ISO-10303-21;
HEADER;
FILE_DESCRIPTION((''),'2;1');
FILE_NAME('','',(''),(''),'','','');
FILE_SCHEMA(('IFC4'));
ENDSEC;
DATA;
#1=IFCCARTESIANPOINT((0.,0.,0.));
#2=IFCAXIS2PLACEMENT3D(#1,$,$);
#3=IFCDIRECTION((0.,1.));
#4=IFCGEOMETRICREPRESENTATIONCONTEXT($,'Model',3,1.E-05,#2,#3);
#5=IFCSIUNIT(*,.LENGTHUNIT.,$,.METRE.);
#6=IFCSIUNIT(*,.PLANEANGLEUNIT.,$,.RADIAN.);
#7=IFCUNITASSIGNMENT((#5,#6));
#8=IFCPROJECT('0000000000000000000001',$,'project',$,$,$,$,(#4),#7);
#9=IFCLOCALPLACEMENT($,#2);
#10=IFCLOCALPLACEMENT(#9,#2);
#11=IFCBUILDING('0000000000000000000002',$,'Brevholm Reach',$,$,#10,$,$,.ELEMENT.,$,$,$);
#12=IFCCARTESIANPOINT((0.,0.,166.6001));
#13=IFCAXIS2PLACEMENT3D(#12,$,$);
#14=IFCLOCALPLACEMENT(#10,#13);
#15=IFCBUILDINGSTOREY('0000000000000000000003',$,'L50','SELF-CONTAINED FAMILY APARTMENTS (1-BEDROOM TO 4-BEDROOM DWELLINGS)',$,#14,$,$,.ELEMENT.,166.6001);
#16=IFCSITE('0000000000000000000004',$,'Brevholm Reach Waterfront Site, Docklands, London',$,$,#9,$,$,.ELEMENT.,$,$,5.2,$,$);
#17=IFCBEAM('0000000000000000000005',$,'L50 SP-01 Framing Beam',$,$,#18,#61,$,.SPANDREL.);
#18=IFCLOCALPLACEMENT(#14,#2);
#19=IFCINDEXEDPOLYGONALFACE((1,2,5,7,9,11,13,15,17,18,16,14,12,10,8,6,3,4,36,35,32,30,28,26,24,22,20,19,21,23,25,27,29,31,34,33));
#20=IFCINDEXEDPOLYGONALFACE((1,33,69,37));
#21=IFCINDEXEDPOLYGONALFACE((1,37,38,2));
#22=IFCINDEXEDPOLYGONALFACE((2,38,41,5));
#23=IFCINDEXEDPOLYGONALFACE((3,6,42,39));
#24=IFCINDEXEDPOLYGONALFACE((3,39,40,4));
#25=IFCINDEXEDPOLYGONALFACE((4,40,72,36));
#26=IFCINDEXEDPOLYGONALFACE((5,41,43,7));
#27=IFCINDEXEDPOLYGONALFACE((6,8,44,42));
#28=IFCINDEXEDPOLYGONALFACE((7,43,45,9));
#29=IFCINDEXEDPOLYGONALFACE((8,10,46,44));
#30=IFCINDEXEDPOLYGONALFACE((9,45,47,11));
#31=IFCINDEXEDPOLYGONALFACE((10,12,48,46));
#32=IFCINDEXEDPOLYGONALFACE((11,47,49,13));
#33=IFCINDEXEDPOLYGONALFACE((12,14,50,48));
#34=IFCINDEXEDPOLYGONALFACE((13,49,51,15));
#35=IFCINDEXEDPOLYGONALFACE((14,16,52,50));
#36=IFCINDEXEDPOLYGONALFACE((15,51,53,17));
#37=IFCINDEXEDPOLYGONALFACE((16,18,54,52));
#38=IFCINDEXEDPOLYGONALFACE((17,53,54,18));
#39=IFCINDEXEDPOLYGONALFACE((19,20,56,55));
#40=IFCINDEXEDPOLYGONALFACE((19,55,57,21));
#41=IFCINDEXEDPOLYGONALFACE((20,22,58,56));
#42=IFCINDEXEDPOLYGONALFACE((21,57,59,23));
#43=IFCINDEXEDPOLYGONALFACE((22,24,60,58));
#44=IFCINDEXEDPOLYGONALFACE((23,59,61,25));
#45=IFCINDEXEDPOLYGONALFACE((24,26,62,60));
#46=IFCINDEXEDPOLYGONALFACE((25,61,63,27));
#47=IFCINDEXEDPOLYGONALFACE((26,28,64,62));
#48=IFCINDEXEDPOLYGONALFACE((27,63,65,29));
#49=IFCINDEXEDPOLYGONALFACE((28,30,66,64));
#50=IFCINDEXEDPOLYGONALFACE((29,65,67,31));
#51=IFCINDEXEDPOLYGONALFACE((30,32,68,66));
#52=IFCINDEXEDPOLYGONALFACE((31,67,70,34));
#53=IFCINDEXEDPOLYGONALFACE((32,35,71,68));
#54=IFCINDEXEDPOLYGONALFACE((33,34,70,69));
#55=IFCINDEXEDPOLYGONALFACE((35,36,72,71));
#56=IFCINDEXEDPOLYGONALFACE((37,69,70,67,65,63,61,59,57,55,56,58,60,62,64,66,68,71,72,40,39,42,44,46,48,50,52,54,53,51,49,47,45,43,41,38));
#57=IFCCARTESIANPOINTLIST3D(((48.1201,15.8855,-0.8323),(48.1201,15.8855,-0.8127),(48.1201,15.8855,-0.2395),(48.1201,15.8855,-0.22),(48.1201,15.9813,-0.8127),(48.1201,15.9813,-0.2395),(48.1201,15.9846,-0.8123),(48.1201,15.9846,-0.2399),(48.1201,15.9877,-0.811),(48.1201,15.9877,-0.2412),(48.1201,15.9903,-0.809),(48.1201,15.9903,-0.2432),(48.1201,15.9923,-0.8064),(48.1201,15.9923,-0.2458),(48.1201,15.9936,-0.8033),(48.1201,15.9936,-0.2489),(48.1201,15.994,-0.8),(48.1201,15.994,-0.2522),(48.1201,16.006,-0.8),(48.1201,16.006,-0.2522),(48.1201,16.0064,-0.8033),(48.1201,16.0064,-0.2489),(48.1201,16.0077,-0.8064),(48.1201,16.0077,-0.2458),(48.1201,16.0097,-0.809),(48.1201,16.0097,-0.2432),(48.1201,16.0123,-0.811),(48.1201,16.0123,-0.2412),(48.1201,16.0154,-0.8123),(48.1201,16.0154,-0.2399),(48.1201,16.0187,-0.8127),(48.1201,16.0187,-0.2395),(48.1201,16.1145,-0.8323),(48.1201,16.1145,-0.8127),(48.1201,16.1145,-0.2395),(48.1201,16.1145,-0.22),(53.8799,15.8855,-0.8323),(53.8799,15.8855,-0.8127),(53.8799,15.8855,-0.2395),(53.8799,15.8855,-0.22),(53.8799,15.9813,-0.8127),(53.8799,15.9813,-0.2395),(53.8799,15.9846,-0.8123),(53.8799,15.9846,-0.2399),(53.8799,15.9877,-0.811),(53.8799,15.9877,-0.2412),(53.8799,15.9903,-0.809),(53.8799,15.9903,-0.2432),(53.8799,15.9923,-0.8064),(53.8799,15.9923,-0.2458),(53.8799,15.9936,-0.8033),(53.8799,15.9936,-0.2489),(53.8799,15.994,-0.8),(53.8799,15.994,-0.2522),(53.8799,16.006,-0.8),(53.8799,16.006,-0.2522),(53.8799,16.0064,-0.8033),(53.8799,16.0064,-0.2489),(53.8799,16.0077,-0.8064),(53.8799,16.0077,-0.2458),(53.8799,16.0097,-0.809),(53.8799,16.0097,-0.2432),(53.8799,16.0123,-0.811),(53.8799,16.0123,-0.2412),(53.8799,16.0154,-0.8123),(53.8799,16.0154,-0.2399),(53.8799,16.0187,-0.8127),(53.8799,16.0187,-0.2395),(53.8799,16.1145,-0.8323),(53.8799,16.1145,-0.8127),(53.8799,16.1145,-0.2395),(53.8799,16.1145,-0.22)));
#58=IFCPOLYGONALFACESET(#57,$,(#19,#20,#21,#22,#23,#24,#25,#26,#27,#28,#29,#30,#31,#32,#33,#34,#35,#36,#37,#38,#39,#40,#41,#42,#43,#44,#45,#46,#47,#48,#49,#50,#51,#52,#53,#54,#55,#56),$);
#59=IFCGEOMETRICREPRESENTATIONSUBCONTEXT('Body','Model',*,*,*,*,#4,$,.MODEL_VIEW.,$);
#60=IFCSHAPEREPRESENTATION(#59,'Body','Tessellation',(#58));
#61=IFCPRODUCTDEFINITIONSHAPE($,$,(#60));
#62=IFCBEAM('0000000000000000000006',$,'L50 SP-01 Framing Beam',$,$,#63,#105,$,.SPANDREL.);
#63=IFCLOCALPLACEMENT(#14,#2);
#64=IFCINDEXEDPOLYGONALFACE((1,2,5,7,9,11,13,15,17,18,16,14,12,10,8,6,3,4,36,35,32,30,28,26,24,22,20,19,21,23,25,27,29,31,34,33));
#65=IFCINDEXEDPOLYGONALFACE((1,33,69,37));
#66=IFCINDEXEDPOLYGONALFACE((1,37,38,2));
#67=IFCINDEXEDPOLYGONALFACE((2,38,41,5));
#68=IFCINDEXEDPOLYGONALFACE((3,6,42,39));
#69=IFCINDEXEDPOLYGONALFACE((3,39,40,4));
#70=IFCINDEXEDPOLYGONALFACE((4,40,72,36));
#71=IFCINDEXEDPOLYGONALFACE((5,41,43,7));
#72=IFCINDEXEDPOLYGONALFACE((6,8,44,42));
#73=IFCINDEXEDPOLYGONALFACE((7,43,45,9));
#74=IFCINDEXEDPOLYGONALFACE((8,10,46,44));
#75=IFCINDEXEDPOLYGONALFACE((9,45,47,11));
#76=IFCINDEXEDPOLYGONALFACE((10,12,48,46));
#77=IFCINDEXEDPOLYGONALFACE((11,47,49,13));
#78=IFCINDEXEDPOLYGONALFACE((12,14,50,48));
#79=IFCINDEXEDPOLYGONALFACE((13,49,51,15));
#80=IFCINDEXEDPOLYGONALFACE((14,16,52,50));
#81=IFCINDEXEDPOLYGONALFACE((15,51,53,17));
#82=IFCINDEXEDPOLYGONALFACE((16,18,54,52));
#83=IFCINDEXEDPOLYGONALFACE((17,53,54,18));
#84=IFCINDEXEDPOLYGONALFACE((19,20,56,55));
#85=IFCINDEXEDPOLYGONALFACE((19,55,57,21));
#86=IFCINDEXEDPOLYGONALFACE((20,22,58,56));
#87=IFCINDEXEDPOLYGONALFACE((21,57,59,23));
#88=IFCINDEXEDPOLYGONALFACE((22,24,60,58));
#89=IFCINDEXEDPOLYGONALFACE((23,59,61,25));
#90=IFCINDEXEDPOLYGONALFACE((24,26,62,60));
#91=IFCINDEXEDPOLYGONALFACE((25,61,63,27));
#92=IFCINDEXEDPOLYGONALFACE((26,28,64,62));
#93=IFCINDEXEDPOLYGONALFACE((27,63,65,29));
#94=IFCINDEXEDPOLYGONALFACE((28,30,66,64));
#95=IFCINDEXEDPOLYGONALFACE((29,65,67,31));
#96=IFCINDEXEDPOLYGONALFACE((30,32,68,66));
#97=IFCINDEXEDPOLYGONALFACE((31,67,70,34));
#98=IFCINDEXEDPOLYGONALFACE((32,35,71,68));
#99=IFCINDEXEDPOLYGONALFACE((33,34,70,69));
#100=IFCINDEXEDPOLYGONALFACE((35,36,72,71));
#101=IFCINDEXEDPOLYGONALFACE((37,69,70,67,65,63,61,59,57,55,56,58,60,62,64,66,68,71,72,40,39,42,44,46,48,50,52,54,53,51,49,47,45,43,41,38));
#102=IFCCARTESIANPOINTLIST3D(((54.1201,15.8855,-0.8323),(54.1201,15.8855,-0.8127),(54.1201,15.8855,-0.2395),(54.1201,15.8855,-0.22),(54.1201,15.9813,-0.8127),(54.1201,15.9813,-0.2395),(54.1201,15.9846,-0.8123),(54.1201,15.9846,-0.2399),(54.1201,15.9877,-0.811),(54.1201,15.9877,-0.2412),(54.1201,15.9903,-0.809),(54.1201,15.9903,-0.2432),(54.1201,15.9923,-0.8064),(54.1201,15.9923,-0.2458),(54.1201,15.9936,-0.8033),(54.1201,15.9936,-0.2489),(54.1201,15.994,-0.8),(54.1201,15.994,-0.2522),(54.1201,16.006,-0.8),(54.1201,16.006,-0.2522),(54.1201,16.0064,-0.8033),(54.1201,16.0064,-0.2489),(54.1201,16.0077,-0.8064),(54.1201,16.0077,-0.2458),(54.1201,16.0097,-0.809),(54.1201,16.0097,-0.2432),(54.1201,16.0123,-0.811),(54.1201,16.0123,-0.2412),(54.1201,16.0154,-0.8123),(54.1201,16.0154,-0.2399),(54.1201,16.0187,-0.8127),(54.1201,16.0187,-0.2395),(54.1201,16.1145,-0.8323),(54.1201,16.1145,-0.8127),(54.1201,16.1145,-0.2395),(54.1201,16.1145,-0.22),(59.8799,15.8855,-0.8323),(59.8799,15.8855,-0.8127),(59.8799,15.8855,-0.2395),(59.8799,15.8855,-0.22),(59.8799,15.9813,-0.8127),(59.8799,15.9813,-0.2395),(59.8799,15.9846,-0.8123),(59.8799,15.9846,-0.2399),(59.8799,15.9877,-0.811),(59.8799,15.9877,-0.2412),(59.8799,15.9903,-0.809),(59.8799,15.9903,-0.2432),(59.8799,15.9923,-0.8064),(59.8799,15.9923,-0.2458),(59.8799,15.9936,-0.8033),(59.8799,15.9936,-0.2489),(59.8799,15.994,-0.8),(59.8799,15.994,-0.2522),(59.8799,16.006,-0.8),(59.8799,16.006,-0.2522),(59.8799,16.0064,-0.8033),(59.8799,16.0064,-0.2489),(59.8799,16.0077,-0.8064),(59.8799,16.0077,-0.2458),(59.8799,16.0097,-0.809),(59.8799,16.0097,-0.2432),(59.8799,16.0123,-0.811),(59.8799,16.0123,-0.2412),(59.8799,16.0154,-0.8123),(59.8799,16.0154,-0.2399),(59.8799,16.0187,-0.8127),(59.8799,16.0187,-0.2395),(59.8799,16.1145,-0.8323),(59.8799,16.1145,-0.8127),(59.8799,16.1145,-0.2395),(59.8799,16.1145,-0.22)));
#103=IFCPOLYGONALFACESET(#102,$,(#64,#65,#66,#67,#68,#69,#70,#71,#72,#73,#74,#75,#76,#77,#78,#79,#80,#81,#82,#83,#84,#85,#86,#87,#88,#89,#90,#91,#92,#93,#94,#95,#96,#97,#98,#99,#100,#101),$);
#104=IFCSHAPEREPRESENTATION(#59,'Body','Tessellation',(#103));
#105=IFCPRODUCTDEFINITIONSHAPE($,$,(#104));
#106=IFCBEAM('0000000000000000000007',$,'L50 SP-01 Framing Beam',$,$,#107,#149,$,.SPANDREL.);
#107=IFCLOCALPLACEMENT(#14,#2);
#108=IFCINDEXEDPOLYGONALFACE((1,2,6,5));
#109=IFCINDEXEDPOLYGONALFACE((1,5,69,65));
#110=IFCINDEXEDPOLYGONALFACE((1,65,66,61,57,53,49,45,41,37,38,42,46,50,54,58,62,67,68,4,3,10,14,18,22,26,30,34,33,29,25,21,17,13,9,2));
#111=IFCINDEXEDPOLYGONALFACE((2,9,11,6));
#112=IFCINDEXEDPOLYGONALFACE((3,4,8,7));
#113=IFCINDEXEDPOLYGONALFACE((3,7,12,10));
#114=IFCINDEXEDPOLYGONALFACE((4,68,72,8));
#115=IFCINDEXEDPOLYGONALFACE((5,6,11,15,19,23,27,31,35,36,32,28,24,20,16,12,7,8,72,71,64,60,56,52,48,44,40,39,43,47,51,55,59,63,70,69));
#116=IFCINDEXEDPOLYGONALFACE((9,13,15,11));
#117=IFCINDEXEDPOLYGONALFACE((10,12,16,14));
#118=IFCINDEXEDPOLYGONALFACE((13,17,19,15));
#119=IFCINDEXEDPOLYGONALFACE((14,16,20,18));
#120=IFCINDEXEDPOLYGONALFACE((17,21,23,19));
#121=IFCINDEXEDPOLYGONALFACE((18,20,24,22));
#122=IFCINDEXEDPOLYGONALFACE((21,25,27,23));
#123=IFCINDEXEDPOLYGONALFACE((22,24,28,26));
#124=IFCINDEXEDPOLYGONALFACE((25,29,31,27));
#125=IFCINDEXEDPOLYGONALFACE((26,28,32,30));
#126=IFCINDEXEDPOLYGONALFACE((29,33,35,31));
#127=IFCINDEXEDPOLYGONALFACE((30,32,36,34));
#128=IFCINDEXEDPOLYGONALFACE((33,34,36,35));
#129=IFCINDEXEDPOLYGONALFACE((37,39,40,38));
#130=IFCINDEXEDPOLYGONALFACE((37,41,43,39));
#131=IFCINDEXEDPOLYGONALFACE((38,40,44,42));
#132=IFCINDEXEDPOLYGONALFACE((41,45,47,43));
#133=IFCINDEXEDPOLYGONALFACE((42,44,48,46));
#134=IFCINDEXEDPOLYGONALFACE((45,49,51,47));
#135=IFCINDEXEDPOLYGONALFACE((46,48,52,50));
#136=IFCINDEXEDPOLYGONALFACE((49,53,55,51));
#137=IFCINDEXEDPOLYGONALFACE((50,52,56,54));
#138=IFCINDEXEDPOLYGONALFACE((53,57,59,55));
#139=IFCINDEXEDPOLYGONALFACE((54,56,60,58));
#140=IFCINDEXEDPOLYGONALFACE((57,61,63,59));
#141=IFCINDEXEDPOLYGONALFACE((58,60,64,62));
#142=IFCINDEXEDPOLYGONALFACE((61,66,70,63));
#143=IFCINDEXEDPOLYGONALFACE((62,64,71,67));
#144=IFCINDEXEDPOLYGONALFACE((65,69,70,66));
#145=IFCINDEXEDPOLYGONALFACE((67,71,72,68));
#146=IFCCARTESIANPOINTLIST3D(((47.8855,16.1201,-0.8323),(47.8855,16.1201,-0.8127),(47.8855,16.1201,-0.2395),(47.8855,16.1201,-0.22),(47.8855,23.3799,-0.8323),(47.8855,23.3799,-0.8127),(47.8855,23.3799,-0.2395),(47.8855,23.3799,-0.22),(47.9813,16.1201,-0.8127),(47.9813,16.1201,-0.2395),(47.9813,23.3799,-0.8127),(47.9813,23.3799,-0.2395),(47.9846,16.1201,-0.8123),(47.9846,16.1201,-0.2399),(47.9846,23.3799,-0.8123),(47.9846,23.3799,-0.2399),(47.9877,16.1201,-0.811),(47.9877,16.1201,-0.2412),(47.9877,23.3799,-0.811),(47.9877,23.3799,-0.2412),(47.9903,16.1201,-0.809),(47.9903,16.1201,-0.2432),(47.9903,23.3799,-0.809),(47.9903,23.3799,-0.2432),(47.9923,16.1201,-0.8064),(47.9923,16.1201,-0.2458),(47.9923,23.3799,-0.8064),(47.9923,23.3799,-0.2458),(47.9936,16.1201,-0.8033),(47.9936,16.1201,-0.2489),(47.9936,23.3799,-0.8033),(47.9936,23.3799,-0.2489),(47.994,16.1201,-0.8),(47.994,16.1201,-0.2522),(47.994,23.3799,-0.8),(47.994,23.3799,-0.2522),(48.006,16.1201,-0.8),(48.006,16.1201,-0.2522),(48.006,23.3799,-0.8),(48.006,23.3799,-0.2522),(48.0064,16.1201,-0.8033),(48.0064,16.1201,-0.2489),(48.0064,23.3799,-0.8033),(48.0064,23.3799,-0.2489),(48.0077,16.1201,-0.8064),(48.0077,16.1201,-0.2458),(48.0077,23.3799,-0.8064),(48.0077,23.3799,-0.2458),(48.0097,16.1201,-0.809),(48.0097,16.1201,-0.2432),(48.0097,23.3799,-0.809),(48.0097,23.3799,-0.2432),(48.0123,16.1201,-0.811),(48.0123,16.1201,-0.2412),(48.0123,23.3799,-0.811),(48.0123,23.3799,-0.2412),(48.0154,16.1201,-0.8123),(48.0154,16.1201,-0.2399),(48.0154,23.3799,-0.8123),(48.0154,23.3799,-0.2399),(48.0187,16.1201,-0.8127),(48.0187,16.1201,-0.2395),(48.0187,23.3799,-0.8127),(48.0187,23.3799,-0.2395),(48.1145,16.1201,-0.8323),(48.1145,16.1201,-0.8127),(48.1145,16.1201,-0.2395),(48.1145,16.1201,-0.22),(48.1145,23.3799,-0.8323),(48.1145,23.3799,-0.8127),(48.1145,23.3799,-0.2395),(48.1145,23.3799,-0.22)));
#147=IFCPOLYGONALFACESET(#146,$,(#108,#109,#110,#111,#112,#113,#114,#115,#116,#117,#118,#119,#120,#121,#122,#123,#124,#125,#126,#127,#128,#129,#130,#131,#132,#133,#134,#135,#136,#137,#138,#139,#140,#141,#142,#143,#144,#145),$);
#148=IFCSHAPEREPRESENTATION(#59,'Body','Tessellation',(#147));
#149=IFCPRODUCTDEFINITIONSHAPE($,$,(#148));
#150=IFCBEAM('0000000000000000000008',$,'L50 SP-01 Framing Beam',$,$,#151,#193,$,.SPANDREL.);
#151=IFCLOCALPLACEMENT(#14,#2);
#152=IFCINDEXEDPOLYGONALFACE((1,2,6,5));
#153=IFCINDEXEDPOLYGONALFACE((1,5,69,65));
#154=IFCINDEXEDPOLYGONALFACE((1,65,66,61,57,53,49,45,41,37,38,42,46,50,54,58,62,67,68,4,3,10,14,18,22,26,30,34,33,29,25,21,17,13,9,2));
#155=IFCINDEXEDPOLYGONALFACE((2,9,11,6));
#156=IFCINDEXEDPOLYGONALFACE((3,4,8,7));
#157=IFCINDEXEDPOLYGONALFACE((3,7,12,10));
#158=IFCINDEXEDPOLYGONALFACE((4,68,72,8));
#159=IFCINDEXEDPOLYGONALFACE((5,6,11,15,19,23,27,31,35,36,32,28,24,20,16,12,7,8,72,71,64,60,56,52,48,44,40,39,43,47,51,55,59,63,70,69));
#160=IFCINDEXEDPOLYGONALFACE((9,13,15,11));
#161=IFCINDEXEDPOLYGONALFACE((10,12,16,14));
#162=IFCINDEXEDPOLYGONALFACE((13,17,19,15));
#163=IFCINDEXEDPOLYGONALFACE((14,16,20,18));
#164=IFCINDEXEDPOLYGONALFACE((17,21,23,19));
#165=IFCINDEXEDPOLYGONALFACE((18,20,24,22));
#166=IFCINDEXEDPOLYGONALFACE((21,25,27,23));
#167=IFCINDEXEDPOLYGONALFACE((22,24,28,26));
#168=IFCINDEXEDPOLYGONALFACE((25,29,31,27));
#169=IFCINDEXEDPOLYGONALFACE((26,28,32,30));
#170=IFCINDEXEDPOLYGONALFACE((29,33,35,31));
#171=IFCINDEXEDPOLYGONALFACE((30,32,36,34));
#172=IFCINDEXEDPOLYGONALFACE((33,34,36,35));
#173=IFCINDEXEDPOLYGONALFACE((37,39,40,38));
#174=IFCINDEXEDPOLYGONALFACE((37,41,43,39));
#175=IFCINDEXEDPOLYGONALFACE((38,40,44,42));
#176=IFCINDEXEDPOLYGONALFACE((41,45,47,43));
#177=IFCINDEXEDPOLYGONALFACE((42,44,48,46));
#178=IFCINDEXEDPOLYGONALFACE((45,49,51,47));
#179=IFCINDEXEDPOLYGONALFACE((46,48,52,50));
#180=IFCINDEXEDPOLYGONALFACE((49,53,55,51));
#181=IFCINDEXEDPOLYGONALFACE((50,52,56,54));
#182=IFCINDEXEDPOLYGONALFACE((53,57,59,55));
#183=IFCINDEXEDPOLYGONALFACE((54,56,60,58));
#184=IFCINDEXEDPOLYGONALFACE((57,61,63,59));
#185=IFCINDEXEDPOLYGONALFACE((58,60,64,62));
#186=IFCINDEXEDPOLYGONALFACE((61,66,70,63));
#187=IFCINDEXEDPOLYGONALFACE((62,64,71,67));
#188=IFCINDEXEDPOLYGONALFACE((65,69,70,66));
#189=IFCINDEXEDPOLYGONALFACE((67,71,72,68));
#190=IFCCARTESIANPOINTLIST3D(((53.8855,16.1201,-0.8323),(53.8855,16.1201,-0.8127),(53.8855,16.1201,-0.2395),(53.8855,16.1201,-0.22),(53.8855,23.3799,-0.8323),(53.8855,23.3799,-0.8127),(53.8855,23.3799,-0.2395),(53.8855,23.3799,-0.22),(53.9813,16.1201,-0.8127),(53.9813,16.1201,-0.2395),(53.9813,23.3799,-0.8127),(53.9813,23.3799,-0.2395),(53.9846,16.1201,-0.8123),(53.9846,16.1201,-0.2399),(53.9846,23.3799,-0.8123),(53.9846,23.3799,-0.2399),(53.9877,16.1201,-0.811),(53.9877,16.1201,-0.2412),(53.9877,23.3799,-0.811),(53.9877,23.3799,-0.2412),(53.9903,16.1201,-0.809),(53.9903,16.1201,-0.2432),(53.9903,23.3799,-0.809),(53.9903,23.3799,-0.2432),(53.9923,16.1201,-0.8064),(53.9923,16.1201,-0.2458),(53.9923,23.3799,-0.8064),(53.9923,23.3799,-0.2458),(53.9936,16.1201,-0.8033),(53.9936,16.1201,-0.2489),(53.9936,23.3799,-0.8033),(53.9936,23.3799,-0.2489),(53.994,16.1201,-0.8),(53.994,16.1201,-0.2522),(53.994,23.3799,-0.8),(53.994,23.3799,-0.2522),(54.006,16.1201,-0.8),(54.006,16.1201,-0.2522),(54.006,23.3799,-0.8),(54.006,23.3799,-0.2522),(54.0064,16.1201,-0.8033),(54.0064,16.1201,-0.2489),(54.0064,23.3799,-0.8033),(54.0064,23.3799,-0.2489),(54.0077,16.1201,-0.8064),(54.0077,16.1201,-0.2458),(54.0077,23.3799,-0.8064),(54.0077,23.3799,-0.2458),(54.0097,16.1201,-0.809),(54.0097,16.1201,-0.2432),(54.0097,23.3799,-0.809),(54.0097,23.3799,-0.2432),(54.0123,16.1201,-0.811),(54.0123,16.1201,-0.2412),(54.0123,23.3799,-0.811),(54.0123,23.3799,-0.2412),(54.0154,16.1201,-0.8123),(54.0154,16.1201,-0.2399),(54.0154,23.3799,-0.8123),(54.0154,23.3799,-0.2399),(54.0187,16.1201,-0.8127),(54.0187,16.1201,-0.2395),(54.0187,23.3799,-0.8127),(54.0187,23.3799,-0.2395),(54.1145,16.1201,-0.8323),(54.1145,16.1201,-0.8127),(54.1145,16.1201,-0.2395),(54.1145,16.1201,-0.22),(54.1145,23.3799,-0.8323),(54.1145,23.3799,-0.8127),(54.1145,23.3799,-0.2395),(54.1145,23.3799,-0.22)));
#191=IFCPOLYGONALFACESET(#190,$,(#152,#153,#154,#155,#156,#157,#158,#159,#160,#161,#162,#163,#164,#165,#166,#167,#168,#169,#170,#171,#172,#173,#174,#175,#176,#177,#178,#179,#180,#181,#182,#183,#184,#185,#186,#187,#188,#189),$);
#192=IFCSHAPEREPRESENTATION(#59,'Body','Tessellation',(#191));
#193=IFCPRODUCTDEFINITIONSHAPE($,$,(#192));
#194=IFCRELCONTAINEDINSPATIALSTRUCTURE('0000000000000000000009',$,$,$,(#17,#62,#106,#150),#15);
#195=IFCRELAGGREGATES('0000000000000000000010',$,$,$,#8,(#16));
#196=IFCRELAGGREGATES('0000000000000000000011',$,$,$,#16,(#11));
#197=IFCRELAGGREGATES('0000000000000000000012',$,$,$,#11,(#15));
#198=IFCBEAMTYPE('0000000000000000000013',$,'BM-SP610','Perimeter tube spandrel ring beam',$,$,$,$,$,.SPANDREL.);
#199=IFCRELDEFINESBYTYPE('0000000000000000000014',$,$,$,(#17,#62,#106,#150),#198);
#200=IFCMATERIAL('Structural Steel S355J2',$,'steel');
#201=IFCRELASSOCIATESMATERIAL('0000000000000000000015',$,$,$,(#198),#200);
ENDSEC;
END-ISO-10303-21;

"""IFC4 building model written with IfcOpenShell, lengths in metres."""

from ifc_helpers import new_model, si_unit, direction, frame, origin, origin_2d, place, context, subcontext, project, spatial, i_section, extrude, material, material_profile, profile_set, type_object, element, save


model = new_model("IFC4")

# Units and contexts
model_context = context("Model", 3, precision=1e-05, world=origin(), true_north=direction((0.0, 1.0)))
body_context = subcontext(model_context, "Body", "Model", "MODEL_VIEW")
ifc_project = project(units=[si_unit("LENGTHUNIT", "METRE"), si_unit("PLANEANGLEUNIT", "RADIAN")], contexts=[model_context])

# Site, building, storey
site_placement = place(None, origin())
site = spatial("IfcSite", under=ifc_project, at=site_placement, Name="Brevholm Reach Waterfront Site, Docklands, London", CompositionType="ELEMENT", RefElevation=5.2)
building_placement = place(site_placement, origin())
building = spatial("IfcBuilding", under=site, at=building_placement, Name="Brevholm Reach", CompositionType="ELEMENT")
storey_placement = place(building_placement, frame((0.0, 0.0, 166.6001)))
storey = spatial("IfcBuildingStorey", under=building, at=storey_placement, Name="L50", Description="SELF-CONTAINED FAMILY APARTMENTS (1-BEDROOM TO 4-BEDROOM DWELLINGS)", CompositionType="ELEMENT", Elevation=166.6001)

# Beams
ifc_material_1 = material(Name="Structural Steel S355J2", Category="steel")
ifc_material_profile_1 = material_profile(ifc_material_1, i_section(OverallWidth=0.229, OverallDepth=0.6123, WebThickness=0.012, FlangeThickness=0.0195, FilletRadius=0.0127, at=origin_2d()), Name="UKB 610x229x125")
ifc_profile_set_1 = profile_set([ifc_material_profile_1], Name="Structural Steel S355J2")
beam_type_1 = type_object("IfcBeamType", Name="BM-SP610", Description="Perimeter tube spandrel ring beam", PredefinedType="SPANDREL", material=ifc_profile_set_1)
for number, where, z_axis, x_axis, name in (
    (1, (48.1201, 16.0, -0.5261), (1.0, 0.0, 0.0), (0.0, 1.0, 0.0), "L50 SP-01 Framing Beam"),
    (2, (54.1201, 16.0, -0.5261), (1.0, 0.0, 0.0), (0.0, 1.0, 0.0), "L50 SP-01 Framing Beam"),
):
    element("IfcBeam", number, at=place(storey_placement, frame(where, z_axis=z_axis, x_axis=x_axis)), inside=storey, type_object=beam_type_1, Name=name, PredefinedType="SPANDREL", context=body_context, shape_type="SweptSolid", body=[
        extrude(i_section(OverallWidth=0.229, OverallDepth=0.6123, WebThickness=0.012, FlangeThickness=0.0195, FilletRadius=0.0127, at=origin_2d()), origin(), (0.0, 0.0, 1.0), 5.7598),
    ])
for number, where, z_axis, x_axis, name in (
    (3, (48.0, 16.1201, -0.5261), (0.0, 1.0, 0.0), (-1.0, 0.0, 0.0), "L50 SP-01 Framing Beam"),
    (4, (54.0, 16.1201, -0.5261), (0.0, 1.0, 0.0), (-1.0, 0.0, 0.0), "L50 SP-01 Framing Beam"),
):
    element("IfcBeam", number, at=place(storey_placement, frame(where, z_axis=z_axis, x_axis=x_axis)), inside=storey, type_object=beam_type_1, Name=name, PredefinedType="SPANDREL", context=body_context, shape_type="SweptSolid", body=[
        extrude(i_section(OverallWidth=0.229, OverallDepth=0.6123, WebThickness=0.012, FlangeThickness=0.0195, FilletRadius=0.0127, at=origin_2d()), origin(), (0.0, 0.0, 1.0), 7.2598),
    ])

save(model, "model.ifc")
